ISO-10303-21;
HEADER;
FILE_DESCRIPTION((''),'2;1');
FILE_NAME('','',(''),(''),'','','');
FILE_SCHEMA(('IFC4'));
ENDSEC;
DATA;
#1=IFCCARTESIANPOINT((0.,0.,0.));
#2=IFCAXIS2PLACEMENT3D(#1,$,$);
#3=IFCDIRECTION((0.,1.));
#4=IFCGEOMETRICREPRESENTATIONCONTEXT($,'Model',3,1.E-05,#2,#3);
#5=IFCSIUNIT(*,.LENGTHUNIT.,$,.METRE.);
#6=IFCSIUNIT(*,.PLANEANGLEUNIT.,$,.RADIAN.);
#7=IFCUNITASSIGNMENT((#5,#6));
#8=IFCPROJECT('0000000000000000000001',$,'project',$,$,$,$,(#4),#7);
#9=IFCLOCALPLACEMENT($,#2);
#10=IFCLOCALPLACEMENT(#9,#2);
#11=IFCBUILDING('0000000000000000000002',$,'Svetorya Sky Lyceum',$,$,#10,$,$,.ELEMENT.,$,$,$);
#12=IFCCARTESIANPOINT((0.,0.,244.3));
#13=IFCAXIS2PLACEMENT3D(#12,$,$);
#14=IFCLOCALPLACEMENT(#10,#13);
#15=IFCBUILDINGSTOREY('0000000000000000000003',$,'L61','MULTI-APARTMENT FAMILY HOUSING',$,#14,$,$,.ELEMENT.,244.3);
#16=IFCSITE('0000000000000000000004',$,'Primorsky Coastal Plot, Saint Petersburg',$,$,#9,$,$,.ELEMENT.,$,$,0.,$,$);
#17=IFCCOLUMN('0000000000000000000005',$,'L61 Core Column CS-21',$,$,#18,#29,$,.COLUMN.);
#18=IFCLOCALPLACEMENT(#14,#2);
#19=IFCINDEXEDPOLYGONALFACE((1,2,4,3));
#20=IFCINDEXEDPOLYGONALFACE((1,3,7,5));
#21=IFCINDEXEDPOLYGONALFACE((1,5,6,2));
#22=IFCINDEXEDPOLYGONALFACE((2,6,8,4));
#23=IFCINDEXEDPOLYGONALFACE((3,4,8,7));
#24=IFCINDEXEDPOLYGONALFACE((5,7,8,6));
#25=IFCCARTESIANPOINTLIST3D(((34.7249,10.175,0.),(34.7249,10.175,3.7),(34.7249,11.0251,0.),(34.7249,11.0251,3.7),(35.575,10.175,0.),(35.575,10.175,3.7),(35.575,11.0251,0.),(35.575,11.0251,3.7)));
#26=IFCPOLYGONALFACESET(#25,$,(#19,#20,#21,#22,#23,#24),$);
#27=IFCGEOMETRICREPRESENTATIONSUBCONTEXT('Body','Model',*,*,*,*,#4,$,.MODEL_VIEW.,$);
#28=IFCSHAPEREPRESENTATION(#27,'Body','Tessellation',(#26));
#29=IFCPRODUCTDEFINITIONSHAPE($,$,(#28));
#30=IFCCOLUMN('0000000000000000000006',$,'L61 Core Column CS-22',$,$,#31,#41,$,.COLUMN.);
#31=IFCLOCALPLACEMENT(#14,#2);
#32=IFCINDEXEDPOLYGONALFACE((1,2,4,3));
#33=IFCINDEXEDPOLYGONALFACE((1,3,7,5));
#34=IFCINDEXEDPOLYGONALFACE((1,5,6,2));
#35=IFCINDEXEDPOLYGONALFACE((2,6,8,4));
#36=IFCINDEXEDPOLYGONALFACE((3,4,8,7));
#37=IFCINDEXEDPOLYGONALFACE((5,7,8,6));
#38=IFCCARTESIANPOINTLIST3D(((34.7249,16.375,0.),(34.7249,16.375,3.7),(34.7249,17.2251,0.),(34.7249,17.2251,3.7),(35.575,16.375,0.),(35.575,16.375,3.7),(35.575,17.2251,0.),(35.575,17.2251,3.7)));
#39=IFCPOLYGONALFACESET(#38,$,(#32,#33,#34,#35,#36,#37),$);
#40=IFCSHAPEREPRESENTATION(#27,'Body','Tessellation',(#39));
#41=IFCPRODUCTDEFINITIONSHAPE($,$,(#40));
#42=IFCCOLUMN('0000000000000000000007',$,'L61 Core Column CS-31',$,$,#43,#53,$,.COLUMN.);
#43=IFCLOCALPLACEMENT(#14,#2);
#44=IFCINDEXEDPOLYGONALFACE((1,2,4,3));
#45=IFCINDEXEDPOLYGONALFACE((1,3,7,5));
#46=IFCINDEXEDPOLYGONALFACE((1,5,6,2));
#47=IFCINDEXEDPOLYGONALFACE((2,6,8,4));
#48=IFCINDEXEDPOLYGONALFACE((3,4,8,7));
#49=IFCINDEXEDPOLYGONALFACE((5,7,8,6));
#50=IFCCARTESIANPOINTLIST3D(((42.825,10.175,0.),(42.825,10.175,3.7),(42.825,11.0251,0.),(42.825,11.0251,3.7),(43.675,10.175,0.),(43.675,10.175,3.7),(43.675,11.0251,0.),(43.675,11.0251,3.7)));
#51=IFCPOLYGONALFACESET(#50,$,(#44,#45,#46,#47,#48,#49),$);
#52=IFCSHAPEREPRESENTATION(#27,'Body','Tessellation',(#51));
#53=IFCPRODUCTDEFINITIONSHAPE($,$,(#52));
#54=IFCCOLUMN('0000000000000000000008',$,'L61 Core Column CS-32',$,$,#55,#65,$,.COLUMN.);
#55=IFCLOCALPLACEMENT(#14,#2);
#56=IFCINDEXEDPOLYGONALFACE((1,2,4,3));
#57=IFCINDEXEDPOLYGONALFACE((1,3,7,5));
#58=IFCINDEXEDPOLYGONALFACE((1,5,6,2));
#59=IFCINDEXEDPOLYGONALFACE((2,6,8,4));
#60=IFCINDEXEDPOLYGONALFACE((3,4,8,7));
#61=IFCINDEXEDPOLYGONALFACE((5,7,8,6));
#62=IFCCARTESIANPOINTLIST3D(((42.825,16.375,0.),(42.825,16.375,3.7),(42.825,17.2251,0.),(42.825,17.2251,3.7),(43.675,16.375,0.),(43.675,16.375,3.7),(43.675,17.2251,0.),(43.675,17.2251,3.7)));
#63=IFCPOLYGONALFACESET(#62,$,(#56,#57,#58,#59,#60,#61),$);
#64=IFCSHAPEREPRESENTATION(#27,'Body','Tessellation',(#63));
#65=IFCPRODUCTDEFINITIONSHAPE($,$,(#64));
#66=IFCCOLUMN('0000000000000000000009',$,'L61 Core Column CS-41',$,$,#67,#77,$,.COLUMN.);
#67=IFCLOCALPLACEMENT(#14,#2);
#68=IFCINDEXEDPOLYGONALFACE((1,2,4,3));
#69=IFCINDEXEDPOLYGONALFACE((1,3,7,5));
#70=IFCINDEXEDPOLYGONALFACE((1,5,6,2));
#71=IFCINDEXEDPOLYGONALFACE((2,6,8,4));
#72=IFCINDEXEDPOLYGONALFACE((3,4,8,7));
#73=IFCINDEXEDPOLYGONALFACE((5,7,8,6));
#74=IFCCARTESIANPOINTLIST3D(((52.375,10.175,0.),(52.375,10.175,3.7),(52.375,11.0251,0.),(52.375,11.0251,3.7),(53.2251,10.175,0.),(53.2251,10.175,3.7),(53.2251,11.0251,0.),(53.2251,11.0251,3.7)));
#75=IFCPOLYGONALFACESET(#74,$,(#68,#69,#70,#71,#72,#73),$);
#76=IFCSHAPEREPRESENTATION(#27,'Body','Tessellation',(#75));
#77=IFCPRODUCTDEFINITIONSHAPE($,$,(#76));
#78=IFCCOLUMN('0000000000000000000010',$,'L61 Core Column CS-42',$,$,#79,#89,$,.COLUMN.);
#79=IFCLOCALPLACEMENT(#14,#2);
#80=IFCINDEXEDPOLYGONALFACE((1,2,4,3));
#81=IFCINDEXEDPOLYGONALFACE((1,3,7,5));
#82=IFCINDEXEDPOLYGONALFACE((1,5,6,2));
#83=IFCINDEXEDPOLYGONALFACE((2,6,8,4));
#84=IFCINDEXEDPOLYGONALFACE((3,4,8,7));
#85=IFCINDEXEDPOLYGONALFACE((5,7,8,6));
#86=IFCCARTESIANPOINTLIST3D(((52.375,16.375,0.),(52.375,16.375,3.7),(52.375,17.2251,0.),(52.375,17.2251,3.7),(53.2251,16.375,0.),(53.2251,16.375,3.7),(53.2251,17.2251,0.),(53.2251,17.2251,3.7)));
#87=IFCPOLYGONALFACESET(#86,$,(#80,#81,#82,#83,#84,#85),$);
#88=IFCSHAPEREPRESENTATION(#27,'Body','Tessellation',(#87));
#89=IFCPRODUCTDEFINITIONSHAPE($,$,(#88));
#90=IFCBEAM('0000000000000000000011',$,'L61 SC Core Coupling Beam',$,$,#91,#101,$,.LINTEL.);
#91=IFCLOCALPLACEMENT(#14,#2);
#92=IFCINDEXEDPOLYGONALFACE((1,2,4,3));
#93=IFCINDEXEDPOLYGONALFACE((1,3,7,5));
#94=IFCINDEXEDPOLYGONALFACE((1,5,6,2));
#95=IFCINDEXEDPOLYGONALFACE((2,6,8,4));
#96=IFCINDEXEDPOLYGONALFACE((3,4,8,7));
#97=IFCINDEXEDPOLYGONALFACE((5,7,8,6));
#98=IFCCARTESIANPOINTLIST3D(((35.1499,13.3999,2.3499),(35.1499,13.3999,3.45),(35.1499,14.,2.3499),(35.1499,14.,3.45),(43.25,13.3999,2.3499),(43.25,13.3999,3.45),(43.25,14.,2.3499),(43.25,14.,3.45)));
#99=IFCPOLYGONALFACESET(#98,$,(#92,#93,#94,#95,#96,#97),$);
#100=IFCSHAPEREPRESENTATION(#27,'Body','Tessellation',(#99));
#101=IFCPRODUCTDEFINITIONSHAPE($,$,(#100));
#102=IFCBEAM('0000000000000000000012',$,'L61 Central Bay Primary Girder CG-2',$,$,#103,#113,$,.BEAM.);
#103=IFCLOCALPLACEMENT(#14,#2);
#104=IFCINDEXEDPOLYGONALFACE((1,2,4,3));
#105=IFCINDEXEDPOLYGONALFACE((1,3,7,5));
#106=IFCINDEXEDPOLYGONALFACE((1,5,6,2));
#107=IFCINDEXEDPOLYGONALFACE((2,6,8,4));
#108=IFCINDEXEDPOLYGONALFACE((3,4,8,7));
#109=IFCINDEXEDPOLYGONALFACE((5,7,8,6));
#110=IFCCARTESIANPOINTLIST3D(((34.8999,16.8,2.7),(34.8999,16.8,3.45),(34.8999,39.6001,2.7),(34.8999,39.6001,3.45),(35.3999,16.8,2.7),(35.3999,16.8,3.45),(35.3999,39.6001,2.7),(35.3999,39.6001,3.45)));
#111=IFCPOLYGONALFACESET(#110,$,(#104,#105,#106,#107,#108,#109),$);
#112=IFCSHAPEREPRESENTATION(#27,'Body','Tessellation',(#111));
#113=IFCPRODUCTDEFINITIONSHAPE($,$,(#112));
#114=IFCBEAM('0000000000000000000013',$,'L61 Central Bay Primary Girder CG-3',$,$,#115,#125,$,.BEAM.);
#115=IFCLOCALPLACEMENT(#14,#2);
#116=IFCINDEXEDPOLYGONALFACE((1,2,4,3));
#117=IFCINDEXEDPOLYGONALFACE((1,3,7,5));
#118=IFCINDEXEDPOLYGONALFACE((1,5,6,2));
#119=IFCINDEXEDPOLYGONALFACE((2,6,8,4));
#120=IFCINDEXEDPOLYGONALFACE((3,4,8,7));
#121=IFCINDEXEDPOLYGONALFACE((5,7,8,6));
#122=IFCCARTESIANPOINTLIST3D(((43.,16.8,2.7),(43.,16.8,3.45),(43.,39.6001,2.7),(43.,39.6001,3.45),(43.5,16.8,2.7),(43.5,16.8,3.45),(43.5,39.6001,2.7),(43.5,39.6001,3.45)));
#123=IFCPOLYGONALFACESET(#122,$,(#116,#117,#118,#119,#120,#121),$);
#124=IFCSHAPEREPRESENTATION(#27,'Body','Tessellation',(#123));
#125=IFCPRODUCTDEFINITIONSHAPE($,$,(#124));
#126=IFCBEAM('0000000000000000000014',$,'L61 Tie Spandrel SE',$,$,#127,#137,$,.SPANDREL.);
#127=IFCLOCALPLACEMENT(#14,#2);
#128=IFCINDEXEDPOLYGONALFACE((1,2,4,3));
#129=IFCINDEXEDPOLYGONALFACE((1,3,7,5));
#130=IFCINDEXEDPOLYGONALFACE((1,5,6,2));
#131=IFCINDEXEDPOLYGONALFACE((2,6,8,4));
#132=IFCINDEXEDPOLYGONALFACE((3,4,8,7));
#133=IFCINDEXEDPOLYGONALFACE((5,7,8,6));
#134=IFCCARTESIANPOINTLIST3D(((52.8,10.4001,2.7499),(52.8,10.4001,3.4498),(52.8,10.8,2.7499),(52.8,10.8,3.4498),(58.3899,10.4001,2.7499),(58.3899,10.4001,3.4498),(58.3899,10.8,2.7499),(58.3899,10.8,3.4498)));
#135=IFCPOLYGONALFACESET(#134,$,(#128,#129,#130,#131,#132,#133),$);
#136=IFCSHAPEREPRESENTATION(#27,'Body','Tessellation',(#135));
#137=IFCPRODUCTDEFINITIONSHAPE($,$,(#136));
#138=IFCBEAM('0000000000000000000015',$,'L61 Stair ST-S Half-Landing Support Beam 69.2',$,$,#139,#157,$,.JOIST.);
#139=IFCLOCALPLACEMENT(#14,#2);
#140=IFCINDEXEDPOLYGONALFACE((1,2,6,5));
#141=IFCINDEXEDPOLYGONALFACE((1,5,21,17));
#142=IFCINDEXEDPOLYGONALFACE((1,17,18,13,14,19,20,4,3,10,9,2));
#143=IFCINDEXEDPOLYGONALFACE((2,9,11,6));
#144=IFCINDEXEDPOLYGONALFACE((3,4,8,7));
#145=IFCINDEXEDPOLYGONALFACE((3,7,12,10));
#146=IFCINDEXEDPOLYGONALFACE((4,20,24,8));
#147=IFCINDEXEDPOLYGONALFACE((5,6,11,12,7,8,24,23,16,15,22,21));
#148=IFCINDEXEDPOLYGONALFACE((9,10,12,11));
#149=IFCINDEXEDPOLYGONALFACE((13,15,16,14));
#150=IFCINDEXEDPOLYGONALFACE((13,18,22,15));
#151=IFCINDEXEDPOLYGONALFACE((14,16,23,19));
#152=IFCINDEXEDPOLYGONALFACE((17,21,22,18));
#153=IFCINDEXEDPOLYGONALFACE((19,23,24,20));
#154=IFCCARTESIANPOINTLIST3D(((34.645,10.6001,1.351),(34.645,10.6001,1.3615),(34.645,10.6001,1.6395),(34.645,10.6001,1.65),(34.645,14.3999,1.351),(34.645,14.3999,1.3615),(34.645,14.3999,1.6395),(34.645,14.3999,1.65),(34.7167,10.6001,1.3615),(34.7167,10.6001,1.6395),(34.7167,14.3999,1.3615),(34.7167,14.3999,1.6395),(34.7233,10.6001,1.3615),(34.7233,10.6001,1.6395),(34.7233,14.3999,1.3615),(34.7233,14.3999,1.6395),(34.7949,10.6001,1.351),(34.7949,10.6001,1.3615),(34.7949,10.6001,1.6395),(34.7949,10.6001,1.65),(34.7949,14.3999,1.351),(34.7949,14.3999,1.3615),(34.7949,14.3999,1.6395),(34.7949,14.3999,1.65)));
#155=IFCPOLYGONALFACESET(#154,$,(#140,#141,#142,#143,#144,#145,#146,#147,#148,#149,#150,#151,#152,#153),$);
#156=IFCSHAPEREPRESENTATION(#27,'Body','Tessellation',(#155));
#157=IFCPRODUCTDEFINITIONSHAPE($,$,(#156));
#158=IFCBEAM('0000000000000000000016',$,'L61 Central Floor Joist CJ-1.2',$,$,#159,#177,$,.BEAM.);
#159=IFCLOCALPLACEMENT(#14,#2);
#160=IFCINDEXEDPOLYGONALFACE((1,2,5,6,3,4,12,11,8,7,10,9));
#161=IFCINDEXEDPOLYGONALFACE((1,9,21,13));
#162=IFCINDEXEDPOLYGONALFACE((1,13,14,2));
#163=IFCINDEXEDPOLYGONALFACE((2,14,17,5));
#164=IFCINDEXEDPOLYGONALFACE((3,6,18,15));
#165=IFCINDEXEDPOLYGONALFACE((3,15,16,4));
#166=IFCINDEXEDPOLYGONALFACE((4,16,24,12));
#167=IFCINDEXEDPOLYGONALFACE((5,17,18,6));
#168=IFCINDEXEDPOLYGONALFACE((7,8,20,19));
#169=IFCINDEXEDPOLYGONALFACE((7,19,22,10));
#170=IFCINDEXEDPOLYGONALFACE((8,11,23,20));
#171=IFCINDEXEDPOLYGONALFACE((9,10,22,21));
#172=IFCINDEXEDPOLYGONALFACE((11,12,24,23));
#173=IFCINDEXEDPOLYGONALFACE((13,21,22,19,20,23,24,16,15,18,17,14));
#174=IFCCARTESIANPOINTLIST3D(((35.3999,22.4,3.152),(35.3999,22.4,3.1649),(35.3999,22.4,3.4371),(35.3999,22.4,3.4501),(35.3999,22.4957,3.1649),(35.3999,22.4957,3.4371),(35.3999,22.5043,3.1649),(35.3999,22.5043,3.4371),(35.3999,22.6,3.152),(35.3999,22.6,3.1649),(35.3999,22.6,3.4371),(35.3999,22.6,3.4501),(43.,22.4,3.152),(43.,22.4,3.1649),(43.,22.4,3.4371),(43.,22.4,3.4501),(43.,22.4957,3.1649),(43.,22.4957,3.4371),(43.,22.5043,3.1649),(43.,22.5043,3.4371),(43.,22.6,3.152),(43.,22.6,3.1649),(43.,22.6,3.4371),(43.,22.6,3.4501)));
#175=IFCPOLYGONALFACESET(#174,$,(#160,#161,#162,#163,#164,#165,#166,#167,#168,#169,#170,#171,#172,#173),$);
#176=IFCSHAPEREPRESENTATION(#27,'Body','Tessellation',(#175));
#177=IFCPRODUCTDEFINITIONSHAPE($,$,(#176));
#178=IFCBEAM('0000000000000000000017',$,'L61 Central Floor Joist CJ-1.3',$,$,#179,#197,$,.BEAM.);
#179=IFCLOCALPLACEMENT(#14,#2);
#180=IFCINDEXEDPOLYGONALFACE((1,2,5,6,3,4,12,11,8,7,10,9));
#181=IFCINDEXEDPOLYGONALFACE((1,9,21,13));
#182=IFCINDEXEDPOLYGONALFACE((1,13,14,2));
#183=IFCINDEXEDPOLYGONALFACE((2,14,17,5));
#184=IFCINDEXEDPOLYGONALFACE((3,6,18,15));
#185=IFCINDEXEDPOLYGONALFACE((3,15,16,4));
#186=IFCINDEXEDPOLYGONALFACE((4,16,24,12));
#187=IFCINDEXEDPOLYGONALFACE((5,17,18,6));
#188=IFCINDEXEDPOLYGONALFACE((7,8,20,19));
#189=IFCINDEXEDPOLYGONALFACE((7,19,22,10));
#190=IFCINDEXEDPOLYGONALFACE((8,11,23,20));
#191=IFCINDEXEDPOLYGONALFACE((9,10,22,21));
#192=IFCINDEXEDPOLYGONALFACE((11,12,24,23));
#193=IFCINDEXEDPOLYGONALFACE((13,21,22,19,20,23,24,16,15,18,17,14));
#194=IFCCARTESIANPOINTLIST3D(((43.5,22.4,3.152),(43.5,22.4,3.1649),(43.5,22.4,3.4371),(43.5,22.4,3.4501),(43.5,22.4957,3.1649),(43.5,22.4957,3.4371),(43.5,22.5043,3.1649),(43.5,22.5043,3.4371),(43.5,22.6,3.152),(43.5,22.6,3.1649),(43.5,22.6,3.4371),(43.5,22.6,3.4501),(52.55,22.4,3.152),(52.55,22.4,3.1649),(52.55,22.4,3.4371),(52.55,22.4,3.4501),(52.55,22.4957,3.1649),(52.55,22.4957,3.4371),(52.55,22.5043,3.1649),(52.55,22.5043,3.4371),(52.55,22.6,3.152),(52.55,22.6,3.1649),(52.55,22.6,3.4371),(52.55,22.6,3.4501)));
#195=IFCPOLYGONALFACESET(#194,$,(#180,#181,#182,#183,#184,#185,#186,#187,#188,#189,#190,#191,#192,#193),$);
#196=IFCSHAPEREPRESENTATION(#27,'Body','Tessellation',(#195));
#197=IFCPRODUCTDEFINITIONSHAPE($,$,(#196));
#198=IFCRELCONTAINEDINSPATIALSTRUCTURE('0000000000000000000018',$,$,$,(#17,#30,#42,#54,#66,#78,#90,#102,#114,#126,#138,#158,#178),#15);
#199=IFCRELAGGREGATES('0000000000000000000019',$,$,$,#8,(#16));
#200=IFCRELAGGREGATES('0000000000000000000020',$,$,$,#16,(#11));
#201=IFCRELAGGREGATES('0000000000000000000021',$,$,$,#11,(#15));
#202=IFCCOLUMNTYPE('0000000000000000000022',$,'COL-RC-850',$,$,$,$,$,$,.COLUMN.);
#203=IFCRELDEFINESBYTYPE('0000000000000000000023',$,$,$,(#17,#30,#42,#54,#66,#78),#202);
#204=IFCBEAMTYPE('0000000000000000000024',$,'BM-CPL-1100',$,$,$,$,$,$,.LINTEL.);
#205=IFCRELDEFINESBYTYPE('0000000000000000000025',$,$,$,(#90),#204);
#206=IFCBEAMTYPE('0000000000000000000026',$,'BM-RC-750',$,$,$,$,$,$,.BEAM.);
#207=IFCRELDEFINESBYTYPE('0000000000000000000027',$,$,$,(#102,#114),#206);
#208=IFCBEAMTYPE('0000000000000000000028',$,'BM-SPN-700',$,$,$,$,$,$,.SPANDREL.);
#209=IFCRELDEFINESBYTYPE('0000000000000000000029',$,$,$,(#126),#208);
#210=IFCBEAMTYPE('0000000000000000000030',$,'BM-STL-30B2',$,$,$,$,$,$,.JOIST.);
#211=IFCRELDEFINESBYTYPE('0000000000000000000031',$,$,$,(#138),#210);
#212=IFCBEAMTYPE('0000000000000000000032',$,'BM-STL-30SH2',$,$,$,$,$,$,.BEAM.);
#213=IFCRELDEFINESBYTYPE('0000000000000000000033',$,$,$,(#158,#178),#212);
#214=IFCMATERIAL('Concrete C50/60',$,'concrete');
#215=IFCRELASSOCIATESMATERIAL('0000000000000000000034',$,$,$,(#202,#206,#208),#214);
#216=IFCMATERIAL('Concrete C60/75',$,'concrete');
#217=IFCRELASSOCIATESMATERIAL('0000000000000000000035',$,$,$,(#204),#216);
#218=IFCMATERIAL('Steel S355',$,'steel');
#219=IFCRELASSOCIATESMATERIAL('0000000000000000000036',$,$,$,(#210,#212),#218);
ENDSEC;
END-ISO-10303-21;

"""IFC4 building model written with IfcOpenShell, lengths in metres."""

from ifc_helpers import new_model, si_unit, direction, frame, origin, origin_2d, place, context, subcontext, project, spatial, rectangle, i_section, extrude, material, material_profile, profile_set, type_object, element, save


model = new_model("IFC4")

# Units and contexts
model_context = context("Model", 3, precision=1e-05, world=origin(), true_north=direction((0.0, 1.0)))
body_context = subcontext(model_context, "Body", "Model", "MODEL_VIEW")
ifc_project = project(units=[si_unit("LENGTHUNIT", "METRE"), si_unit("PLANEANGLEUNIT", "RADIAN")], contexts=[model_context])

# Site, building, storey
site_placement = place(None, origin())
site = spatial("IfcSite", under=ifc_project, at=site_placement, Name="Primorsky Coastal Plot, Saint Petersburg", CompositionType="ELEMENT", RefElevation=0.0)
building_placement = place(site_placement, origin())
building = spatial("IfcBuilding", under=site, at=building_placement, Name="Svetorya Sky Lyceum", CompositionType="ELEMENT")
storey_placement = place(building_placement, frame((0.0, 0.0, 244.3)))
storey = spatial("IfcBuildingStorey", under=building, at=storey_placement, Name="L61", Description="MULTI-APARTMENT FAMILY HOUSING", CompositionType="ELEMENT", Elevation=244.3)

# Columns
ifc_material_1 = material(Name="Concrete C50/60", Category="concrete")
ifc_material_profile_1 = material_profile(ifc_material_1, rectangle(XDim=0.8501, YDim=0.8501, at=origin_2d()), Name="RC COL 850x850")
ifc_profile_set_1 = profile_set([ifc_material_profile_1], Name="Concrete C50/60")
column_type = type_object("IfcColumnType", Name="COL-RC-850", PredefinedType="COLUMN", material=ifc_profile_set_1)
for number, where, z_axis, x_axis, name in (
    (1, (35.1499, 10.6001, 0.0), (0.0, 0.0, 1.0), (1.0, 0.0, 0.0), "L61 Core Column CS-21"),
    (2, (35.1499, 16.8, 0.0), (0.0, 0.0, 1.0), (1.0, 0.0, 0.0), "L61 Core Column CS-22"),
    (3, (43.25, 10.6001, 0.0), (0.0, 0.0, 1.0), (1.0, 0.0, 0.0), "L61 Core Column CS-31"),
    (4, (43.25, 16.8, 0.0), (0.0, 0.0, 1.0), (1.0, 0.0, 0.0), "L61 Core Column CS-32"),
    (5, (52.8, 10.6001, 0.0), (0.0, 0.0, 1.0), (1.0, 0.0, 0.0), "L61 Core Column CS-41"),
    (6, (52.8, 16.8, 0.0), (0.0, 0.0, 1.0), (1.0, 0.0, 0.0), "L61 Core Column CS-42"),
):
    element("IfcColumn", number, at=place(storey_placement, frame(where, z_axis=z_axis, x_axis=x_axis)), inside=storey, type_object=column_type, Name=name, PredefinedType="COLUMN", context=body_context, shape_type="SweptSolid", body=[
        extrude(rectangle(XDim=0.8501, YDim=0.8501, at=origin_2d()), origin(), (0.0, 0.0, 1.0), 3.7),
    ])

# Beams
ifc_material_2 = material(Name="Concrete C60/75", Category="concrete")
ifc_material_profile_2 = material_profile(ifc_material_2, rectangle(XDim=0.6001, YDim=1.1001, at=origin_2d()), Name="RC COUPLING 600x1100")
ifc_profile_set_2 = profile_set([ifc_material_profile_2], Name="Concrete C60/75")
beam_type_1 = type_object("IfcBeamType", Name="BM-CPL-1100", PredefinedType="LINTEL", material=ifc_profile_set_2)
beam_1_placement = place(storey_placement, frame((35.1499, 13.7, 2.8999), z_axis=(1.0, 0.0, 0.0), x_axis=(0.0, 1.0, 0.0)))
element("IfcBeam", 7, at=beam_1_placement, inside=storey, type_object=beam_type_1, Name="L61 SC Core Coupling Beam", PredefinedType="LINTEL", context=body_context, shape_type="SweptSolid", body=[
    extrude(rectangle(XDim=0.6001, YDim=1.1001, at=origin_2d()), origin(), (0.0, 0.0, 1.0), 8.1001),
])
ifc_material_profile_3 = material_profile(ifc_material_1, rectangle(XDim=0.5, YDim=0.75, at=origin_2d()), Name="RC BEAM 500x750")
ifc_profile_set_3 = profile_set([ifc_material_profile_3], Name="Concrete C50/60")
beam_type_2 = type_object("IfcBeamType", Name="BM-RC-750", PredefinedType="BEAM", material=ifc_profile_set_3)
for number, where, z_axis, x_axis, name in (
    (8, (35.1499, 16.8, 3.075), (0.0, 1.0, 0.0), (-1.0, 0.0, 0.0), "L61 Central Bay Primary Girder CG-2"),
    (9, (43.25, 16.8, 3.075), (0.0, 1.0, 0.0), (-1.0, 0.0, 0.0), "L61 Central Bay Primary Girder CG-3"),
):
    element("IfcBeam", number, at=place(storey_placement, frame(where, z_axis=z_axis, x_axis=x_axis)), inside=storey, type_object=beam_type_2, Name=name, PredefinedType="BEAM", context=body_context, shape_type="SweptSolid", body=[
        extrude(rectangle(XDim=0.5, YDim=0.75, at=origin_2d()), origin(), (0.0, 0.0, 1.0), 22.8),
    ])
ifc_material_profile_4 = material_profile(ifc_material_1, rectangle(XDim=0.3999, YDim=0.7, at=origin_2d()), Name="RC SPANDREL 400x700")
ifc_profile_set_4 = profile_set([ifc_material_profile_4], Name="Concrete C50/60")
beam_type_3 = type_object("IfcBeamType", Name="BM-SPN-700", PredefinedType="SPANDREL", material=ifc_profile_set_4)
beam_2_placement = place(storey_placement, frame((52.8, 10.6001, 3.0999), z_axis=(1.0, 0.0, 0.0), x_axis=(0.0, 1.0, 0.0)))
element("IfcBeam", 10, at=beam_2_placement, inside=storey, type_object=beam_type_3, Name="L61 Tie Spandrel SE", PredefinedType="SPANDREL", context=body_context, shape_type="SweptSolid", body=[
    extrude(rectangle(XDim=0.3999, YDim=0.7, at=origin_2d()), origin(), (0.0, 0.0, 1.0), 5.5898),
])
ifc_material_3 = material(Name="Steel S355", Category="steel")
ifc_material_profile_5 = material_profile(ifc_material_3, i_section(OverallWidth=0.1499, OverallDepth=0.2991, WebThickness=0.0066, FlangeThickness=0.0105, at=origin_2d()), Name="GOST 30B2")
ifc_profile_set_5 = profile_set([ifc_material_profile_5], Name="Steel S355")
beam_type_4 = type_object("IfcBeamType", Name="BM-STL-30B2", PredefinedType="JOIST", material=ifc_profile_set_5)
beam_3_placement = place(storey_placement, frame((34.72, 10.6001, 1.5005), z_axis=(0.0, 1.0, 0.0), x_axis=(-1.0, 0.0, 0.0)))
element("IfcBeam", 11, at=beam_3_placement, inside=storey, type_object=beam_type_4, Name="L61 Stair ST-S Half-Landing Support Beam 69.2", PredefinedType="JOIST", context=body_context, shape_type="SweptSolid", body=[
    extrude(i_section(OverallWidth=0.1499, OverallDepth=0.2991, WebThickness=0.0066, FlangeThickness=0.0105, at=origin_2d()), origin(), (0.0, 0.0, 1.0), 3.7998),
])
ifc_material_profile_6 = material_profile(ifc_material_3, i_section(OverallWidth=0.2, OverallDepth=0.2981, WebThickness=0.0085, FlangeThickness=0.0129, at=origin_2d()), Name="GOST 30Sh2")
ifc_profile_set_6 = profile_set([ifc_material_profile_6], Name="Steel S355")
beam_type_5 = type_object("IfcBeamType", Name="BM-STL-30SH2", PredefinedType="BEAM", material=ifc_profile_set_6)
beam_4_placement = place(storey_placement, frame((35.3999, 22.5, 3.301), z_axis=(1.0, 0.0, 0.0), x_axis=(0.0, 1.0, 0.0)))
element("IfcBeam", 12, at=beam_4_placement, inside=storey, type_object=beam_type_5, Name="L61 Central Floor Joist CJ-1.2", PredefinedType="BEAM", context=body_context, shape_type="SweptSolid", body=[
    extrude(i_section(OverallWidth=0.2, OverallDepth=0.2981, WebThickness=0.0085, FlangeThickness=0.0129, at=origin_2d()), origin(), (0.0, 0.0, 1.0), 7.6001),
])
beam_5_placement = place(storey_placement, frame((43.5, 22.5, 3.301), z_axis=(1.0, 0.0, 0.0), x_axis=(0.0, 1.0, 0.0)))
element("IfcBeam", 13, at=beam_5_placement, inside=storey, type_object=beam_type_5, Name="L61 Central Floor Joist CJ-1.3", PredefinedType="BEAM", context=body_context, shape_type="SweptSolid", body=[
    extrude(i_section(OverallWidth=0.2, OverallDepth=0.2981, WebThickness=0.0085, FlangeThickness=0.0129, at=origin_2d()), origin(), (0.0, 0.0, 1.0), 9.05),
])

save(model, "model.ifc")
